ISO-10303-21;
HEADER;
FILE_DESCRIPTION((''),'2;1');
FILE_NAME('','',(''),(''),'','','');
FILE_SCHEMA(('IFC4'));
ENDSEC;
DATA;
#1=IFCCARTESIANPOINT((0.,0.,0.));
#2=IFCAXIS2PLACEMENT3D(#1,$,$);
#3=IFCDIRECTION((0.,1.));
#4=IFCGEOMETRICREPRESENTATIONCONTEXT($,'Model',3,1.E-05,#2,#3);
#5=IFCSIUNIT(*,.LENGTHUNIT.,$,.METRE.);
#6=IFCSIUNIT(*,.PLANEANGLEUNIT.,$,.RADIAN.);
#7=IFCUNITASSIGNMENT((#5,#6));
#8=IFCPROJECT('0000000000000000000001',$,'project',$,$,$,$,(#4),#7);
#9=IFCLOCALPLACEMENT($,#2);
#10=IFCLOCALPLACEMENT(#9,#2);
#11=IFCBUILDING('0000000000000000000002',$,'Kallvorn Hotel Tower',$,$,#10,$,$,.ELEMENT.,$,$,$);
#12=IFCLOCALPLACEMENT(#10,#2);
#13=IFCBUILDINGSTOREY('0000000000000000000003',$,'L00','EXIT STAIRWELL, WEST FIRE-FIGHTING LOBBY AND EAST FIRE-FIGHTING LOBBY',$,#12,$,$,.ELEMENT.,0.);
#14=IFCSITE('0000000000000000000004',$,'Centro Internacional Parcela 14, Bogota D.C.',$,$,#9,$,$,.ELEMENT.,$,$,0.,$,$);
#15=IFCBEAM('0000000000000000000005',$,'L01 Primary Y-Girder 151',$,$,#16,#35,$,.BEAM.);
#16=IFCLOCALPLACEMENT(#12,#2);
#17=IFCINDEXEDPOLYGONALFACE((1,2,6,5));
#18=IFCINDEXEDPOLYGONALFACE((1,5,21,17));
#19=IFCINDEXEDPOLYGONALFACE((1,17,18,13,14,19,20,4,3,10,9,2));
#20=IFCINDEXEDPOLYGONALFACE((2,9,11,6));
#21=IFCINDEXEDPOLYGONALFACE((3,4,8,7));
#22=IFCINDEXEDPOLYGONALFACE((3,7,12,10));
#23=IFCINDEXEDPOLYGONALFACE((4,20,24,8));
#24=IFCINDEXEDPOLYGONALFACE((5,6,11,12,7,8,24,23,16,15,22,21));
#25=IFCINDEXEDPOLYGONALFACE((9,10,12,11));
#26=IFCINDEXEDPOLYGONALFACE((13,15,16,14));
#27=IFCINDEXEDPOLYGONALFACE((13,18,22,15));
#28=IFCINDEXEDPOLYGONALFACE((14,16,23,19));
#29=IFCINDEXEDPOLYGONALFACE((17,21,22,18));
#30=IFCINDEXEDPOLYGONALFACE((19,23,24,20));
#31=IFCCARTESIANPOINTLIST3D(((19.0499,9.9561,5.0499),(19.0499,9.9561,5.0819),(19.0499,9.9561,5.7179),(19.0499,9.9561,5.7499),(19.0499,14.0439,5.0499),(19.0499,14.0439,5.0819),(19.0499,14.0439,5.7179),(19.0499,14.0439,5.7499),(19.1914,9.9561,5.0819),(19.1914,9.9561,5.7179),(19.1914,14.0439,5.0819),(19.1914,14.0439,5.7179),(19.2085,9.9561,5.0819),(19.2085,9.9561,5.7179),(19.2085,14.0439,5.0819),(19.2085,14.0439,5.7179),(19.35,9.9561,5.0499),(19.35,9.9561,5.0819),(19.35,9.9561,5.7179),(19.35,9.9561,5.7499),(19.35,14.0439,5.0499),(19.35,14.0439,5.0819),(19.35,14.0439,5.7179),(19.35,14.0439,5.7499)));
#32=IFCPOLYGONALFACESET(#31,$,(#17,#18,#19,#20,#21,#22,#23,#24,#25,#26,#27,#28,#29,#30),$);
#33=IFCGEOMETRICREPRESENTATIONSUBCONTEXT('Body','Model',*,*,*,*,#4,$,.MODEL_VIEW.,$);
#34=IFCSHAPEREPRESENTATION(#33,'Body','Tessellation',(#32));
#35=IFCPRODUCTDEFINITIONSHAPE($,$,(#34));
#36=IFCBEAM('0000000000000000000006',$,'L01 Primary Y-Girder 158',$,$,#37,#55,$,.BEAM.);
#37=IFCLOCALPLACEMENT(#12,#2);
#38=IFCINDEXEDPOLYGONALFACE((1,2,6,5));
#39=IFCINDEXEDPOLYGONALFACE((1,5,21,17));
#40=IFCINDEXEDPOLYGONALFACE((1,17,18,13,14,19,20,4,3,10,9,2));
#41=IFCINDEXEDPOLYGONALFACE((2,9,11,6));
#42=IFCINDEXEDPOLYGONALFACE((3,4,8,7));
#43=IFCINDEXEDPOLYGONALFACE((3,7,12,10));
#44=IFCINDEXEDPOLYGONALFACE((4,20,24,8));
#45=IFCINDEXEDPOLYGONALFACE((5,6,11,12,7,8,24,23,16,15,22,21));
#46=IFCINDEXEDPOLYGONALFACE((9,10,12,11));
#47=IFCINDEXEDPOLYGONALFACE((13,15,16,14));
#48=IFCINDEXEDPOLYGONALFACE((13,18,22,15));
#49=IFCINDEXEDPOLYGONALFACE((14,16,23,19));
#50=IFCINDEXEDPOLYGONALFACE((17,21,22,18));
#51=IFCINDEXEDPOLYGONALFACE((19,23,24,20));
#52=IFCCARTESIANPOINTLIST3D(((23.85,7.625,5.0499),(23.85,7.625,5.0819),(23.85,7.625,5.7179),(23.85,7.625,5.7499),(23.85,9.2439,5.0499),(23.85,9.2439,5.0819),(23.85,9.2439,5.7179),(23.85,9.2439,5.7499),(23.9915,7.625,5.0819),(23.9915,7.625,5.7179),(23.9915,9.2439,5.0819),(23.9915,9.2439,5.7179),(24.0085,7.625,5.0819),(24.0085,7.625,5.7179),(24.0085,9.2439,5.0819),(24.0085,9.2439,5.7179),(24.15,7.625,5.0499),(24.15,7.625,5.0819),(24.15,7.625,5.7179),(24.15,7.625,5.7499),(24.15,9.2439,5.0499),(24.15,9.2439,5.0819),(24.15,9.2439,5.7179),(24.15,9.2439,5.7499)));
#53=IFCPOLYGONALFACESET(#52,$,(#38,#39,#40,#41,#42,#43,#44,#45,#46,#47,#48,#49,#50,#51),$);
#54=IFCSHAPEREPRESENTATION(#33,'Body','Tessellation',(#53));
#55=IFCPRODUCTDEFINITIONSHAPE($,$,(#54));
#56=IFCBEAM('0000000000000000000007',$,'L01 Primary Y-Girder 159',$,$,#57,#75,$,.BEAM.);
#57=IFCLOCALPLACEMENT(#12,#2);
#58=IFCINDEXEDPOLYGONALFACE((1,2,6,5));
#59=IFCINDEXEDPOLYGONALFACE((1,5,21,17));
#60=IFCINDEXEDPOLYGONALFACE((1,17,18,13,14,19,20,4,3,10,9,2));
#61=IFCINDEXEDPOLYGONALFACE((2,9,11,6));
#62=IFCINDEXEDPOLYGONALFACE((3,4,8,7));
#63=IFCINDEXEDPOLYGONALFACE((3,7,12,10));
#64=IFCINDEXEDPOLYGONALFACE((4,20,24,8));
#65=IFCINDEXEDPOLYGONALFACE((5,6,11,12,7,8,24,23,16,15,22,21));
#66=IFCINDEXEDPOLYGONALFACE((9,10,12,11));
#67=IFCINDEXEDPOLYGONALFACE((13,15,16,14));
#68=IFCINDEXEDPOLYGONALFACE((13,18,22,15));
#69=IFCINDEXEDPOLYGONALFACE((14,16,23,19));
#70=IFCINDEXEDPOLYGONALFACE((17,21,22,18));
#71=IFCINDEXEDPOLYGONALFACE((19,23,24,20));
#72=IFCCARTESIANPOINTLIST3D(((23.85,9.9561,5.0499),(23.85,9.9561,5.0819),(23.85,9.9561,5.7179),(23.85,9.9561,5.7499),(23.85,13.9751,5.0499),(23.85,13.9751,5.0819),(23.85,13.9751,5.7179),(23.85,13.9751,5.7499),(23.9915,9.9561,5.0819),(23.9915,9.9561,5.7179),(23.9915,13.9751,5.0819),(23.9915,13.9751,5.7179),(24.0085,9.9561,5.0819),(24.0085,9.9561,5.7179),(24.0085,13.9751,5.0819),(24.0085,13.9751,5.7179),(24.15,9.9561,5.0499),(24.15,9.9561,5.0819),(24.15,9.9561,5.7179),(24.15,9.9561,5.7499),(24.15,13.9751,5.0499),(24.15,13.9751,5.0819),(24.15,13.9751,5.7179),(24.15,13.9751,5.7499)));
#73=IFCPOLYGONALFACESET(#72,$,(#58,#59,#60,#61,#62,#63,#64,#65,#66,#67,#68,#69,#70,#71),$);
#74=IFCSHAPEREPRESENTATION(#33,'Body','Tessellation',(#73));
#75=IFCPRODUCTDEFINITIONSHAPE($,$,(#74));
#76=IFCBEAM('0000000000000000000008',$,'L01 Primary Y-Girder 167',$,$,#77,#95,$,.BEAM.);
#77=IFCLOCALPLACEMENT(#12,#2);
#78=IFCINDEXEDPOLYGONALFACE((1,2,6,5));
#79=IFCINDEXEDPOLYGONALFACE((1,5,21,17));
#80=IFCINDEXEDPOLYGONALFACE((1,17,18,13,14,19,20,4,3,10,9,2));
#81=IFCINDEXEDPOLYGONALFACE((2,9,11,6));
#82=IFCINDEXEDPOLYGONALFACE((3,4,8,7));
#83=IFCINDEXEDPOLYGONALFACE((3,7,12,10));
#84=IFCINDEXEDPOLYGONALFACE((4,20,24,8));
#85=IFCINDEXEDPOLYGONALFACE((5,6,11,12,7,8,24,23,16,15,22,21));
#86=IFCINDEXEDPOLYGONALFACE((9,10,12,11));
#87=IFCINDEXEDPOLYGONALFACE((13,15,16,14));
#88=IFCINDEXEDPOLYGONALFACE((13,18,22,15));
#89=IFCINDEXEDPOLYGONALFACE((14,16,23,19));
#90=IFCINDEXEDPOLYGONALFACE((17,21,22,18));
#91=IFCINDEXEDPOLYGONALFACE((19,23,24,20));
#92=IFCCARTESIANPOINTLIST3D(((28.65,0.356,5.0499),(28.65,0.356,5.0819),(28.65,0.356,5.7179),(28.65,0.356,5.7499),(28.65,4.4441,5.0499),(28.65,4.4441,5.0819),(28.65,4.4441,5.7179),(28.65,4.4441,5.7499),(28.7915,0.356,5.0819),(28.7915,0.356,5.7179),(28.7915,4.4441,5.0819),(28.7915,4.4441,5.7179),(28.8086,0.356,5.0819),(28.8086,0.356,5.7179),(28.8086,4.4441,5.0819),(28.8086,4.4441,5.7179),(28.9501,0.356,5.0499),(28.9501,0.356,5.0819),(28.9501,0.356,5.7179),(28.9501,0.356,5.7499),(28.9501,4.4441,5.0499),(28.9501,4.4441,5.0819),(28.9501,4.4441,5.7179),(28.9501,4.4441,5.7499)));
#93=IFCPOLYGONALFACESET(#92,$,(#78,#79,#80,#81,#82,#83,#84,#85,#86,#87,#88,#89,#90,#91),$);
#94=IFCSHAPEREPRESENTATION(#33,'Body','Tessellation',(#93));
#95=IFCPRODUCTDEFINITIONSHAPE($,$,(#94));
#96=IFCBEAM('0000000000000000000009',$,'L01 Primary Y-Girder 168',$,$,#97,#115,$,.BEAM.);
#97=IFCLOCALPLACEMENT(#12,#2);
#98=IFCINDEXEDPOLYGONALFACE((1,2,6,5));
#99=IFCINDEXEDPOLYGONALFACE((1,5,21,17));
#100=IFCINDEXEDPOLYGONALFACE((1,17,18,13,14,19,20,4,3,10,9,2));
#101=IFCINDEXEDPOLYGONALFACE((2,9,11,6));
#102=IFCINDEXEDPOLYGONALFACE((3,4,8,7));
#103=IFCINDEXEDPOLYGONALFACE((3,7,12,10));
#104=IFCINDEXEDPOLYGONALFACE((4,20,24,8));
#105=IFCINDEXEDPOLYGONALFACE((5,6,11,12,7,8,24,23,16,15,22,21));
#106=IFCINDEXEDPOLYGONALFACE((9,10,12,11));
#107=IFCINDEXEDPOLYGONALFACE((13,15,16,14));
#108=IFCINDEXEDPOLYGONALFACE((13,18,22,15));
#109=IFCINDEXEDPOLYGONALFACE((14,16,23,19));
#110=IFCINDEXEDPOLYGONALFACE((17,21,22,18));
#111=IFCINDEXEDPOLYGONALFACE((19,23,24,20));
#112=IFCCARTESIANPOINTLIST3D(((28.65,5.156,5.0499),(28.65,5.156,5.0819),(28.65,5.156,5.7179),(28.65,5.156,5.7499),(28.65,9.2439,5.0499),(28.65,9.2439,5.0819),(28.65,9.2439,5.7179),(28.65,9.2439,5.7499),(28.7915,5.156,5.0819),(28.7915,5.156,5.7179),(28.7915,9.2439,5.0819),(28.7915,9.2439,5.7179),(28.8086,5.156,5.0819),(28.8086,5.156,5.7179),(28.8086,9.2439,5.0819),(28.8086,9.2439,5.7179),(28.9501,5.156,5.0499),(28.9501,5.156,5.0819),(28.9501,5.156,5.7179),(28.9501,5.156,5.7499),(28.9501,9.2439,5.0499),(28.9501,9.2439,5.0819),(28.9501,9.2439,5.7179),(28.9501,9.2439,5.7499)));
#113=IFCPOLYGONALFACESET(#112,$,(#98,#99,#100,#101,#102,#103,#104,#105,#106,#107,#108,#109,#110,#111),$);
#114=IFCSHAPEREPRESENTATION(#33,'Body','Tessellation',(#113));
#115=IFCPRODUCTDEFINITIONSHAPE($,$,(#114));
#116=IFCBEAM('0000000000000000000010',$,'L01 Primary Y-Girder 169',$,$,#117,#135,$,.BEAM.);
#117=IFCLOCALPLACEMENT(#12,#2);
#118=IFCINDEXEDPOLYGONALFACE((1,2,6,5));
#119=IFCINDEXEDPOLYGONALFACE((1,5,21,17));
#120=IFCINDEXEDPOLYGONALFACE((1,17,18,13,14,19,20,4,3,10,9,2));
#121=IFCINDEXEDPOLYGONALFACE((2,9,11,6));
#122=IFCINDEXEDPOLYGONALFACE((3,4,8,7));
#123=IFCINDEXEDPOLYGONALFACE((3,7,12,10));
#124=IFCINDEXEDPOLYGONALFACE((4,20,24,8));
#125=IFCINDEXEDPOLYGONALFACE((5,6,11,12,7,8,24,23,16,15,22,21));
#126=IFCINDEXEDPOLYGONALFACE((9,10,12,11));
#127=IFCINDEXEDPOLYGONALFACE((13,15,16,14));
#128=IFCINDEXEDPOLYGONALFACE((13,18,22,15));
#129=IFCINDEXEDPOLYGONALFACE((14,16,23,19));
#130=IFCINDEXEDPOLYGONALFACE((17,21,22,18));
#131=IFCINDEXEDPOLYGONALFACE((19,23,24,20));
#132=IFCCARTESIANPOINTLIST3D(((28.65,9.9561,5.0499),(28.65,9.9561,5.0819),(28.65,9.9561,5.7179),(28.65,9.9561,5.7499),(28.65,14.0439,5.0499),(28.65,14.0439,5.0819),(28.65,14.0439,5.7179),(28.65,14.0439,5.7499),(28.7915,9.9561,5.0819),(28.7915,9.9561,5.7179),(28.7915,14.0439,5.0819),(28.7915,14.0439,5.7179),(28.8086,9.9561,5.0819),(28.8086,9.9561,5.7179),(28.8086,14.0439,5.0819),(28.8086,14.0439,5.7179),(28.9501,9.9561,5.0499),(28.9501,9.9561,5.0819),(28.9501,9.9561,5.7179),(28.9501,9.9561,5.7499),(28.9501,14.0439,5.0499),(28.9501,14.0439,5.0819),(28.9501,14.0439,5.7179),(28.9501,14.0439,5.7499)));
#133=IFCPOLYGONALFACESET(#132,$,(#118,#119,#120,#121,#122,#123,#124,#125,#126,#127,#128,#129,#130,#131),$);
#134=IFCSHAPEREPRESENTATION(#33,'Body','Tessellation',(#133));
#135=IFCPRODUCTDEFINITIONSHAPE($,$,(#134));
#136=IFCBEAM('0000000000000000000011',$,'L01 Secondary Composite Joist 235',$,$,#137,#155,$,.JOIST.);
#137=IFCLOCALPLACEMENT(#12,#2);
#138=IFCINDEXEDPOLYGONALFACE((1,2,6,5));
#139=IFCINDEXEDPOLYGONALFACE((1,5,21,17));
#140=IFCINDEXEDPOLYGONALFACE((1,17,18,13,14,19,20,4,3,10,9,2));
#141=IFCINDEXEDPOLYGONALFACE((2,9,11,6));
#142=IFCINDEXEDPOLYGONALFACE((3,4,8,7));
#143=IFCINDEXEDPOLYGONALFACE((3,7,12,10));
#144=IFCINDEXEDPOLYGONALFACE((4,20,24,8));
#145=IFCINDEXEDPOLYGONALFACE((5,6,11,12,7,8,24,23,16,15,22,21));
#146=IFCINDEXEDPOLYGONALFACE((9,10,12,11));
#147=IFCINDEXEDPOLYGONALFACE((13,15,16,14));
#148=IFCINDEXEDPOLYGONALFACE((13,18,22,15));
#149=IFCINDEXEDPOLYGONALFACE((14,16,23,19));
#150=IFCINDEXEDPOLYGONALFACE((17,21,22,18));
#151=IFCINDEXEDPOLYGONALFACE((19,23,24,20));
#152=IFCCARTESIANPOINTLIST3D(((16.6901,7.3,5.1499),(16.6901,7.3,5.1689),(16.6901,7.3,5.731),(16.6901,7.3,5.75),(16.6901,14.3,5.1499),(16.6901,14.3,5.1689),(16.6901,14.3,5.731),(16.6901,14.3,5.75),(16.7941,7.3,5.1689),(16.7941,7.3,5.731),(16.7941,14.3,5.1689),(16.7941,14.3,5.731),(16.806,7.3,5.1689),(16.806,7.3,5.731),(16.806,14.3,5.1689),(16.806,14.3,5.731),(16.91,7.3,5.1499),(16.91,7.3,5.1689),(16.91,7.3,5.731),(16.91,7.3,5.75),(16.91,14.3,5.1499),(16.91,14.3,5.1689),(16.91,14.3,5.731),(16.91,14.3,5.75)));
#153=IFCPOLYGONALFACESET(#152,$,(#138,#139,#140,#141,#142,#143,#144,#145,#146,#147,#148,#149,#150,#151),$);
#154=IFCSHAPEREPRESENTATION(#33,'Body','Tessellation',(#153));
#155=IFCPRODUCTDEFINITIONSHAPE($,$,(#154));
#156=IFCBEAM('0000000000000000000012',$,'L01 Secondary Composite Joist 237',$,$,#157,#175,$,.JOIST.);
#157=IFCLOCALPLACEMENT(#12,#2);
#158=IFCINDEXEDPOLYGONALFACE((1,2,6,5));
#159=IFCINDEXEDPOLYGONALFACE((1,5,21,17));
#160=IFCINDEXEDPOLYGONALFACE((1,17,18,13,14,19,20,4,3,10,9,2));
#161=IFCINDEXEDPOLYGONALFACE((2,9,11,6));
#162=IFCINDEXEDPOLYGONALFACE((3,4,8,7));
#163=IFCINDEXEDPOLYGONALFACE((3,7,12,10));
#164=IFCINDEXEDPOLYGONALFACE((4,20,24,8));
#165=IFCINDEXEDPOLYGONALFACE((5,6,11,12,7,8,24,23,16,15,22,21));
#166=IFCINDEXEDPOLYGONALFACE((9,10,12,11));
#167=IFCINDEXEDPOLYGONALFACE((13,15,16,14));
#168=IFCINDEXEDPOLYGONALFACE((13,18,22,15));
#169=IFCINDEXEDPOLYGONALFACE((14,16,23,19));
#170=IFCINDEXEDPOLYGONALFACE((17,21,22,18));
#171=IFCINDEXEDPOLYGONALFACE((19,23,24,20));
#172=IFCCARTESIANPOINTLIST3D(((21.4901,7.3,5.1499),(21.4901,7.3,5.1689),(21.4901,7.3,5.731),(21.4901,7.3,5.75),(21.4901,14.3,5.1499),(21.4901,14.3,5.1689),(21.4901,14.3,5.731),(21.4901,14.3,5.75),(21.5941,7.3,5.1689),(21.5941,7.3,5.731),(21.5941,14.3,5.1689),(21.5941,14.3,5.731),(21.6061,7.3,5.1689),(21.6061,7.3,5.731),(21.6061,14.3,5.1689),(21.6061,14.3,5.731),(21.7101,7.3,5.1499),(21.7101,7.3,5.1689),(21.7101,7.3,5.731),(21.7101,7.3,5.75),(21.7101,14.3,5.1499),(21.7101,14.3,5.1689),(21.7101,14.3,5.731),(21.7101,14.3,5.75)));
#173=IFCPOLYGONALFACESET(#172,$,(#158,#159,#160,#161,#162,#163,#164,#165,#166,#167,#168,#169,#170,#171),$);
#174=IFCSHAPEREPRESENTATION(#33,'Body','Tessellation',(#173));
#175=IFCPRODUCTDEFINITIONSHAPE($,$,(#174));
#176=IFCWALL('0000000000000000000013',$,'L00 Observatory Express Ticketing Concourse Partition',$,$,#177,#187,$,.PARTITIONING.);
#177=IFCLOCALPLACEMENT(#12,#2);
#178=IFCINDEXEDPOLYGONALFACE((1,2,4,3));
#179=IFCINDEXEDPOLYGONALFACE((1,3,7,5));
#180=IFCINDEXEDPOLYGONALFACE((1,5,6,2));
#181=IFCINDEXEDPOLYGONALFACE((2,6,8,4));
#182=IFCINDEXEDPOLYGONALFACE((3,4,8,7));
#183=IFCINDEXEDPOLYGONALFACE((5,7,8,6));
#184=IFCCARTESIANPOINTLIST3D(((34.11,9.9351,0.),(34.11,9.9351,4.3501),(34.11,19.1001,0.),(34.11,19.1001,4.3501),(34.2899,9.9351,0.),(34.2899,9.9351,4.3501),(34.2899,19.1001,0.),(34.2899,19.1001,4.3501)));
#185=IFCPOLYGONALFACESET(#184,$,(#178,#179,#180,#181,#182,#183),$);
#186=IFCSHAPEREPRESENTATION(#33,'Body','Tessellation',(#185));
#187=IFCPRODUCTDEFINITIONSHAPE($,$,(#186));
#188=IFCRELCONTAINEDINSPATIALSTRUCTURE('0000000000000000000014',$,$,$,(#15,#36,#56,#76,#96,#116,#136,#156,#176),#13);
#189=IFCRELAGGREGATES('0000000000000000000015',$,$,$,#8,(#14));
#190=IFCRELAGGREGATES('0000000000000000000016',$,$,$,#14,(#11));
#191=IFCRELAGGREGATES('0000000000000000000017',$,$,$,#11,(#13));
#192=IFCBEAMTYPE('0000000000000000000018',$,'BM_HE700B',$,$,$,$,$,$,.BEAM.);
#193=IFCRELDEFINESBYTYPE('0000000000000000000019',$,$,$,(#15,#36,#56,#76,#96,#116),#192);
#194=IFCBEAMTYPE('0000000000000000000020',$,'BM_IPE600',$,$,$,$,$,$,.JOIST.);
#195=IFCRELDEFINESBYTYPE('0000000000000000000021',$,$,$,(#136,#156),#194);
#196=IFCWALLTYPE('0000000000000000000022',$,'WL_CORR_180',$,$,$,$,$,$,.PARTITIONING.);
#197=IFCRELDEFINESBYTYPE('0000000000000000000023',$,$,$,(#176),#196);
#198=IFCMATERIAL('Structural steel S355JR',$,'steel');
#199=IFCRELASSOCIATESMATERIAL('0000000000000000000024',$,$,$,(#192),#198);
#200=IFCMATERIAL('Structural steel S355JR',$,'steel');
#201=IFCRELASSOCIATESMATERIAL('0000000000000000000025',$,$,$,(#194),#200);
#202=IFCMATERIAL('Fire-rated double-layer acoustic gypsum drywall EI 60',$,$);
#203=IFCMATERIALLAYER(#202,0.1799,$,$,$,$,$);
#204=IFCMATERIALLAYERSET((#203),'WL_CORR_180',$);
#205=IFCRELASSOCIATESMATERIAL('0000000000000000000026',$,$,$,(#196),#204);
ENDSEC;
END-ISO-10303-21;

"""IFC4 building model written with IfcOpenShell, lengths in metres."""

from ifc_helpers import new_model, si_unit, direction, frame, frame_2d, origin, origin_2d, place, context, subcontext, project, spatial, rectangle, i_section, extrude, material, layer, layer_set, material_profile, profile_set, type_object, element, save


model = new_model("IFC4")

# Units and contexts
model_context = context("Model", 3, precision=1e-05, world=origin(), true_north=direction((0.0, 1.0)))
body_context = subcontext(model_context, "Body", "Model", "MODEL_VIEW")
ifc_project = project(units=[si_unit("LENGTHUNIT", "METRE"), si_unit("PLANEANGLEUNIT", "RADIAN")], contexts=[model_context])

# Site, building, storey
site_placement = place(None, origin())
site = spatial("IfcSite", under=ifc_project, at=site_placement, Name="Centro Internacional Parcela 14, Bogota D.C.", CompositionType="ELEMENT", RefElevation=0.0)
building_placement = place(site_placement, origin())
building = spatial("IfcBuilding", under=site, at=building_placement, Name="Kallvorn Hotel Tower", CompositionType="ELEMENT")
storey_placement = place(building_placement, origin())
storey = spatial("IfcBuildingStorey", under=building, at=storey_placement, Name="L00", Description="EXIT STAIRWELL, WEST FIRE-FIGHTING LOBBY AND EAST FIRE-FIGHTING LOBBY", CompositionType="ELEMENT", Elevation=0.0)

# Beams
ifc_material_1 = material(Name="Structural steel S355JR", Category="steel")
ifc_material_profile_1 = material_profile(ifc_material_1, i_section(OverallWidth=0.3, OverallDepth=0.7, WebThickness=0.0171, FlangeThickness=0.032, at=origin_2d()), Name="HE 700 B")
ifc_profile_set_1 = profile_set([ifc_material_profile_1], Name="Structural steel S355JR")
beam_type_1 = type_object("IfcBeamType", Name="BM_HE700B", PredefinedType="BEAM", material=ifc_profile_set_1)
beam_1_placement = place(storey_placement, frame((19.2, 9.9561, 5.3999), z_axis=(0.0, 1.0, 0.0), x_axis=(-1.0, 0.0, 0.0)))
element("IfcBeam", 1, at=beam_1_placement, inside=storey, type_object=beam_type_1, Name="L01 Primary Y-Girder 151", PredefinedType="BEAM", context=body_context, shape_type="SweptSolid", body=[
    extrude(i_section(OverallWidth=0.3, OverallDepth=0.7, WebThickness=0.0171, FlangeThickness=0.032, at=origin_2d()), origin(), (0.0, 0.0, 1.0), 4.0879),
])
beam_2_placement = place(storey_placement, frame((24.0, 7.625, 5.3999), z_axis=(0.0, 1.0, 0.0), x_axis=(-1.0, 0.0, 0.0)))
element("IfcBeam", 2, at=beam_2_placement, inside=storey, type_object=beam_type_1, Name="L01 Primary Y-Girder 158", PredefinedType="BEAM", context=body_context, shape_type="SweptSolid", body=[
    extrude(i_section(OverallWidth=0.3, OverallDepth=0.7, WebThickness=0.0171, FlangeThickness=0.032, at=origin_2d()), origin(), (0.0, 0.0, 1.0), 1.6189),
])
beam_3_placement = place(storey_placement, frame((24.0, 9.9561, 5.3999), z_axis=(0.0, 1.0, 0.0), x_axis=(-1.0, 0.0, 0.0)))
element("IfcBeam", 3, at=beam_3_placement, inside=storey, type_object=beam_type_1, Name="L01 Primary Y-Girder 159", PredefinedType="BEAM", context=body_context, shape_type="SweptSolid", body=[
    extrude(i_section(OverallWidth=0.3, OverallDepth=0.7, WebThickness=0.0171, FlangeThickness=0.032, at=origin_2d()), origin(), (0.0, 0.0, 1.0), 4.019),
])
beam_4_placement = place(storey_placement, frame((28.8, 0.356, 5.3999), z_axis=(0.0, 1.0, 0.0), x_axis=(-1.0, 0.0, 0.0)))
element("IfcBeam", 4, at=beam_4_placement, inside=storey, type_object=beam_type_1, Name="L01 Primary Y-Girder 167", PredefinedType="BEAM", context=body_context, shape_type="SweptSolid", body=[
    extrude(i_section(OverallWidth=0.3, OverallDepth=0.7, WebThickness=0.0171, FlangeThickness=0.032, at=origin_2d()), origin(), (0.0, 0.0, 1.0), 4.0881),
])
for number, where, z_axis, x_axis, name in (
    (5, (28.8, 5.156, 5.3999), (0.0, 1.0, 0.0), (-1.0, 0.0, 0.0), "L01 Primary Y-Girder 168"),
    (6, (28.8, 9.9561, 5.3999), (0.0, 1.0, 0.0), (-1.0, 0.0, 0.0), "L01 Primary Y-Girder 169"),
):
    element("IfcBeam", number, at=place(storey_placement, frame(where, z_axis=z_axis, x_axis=x_axis)), inside=storey, type_object=beam_type_1, Name=name, PredefinedType="BEAM", context=body_context, shape_type="SweptSolid", body=[
        extrude(i_section(OverallWidth=0.3, OverallDepth=0.7, WebThickness=0.0171, FlangeThickness=0.032, at=origin_2d()), origin(), (0.0, 0.0, 1.0), 4.0879),
    ])
ifc_material_2 = material(Name="Structural steel S355JR", Category="steel")
ifc_material_profile_2 = material_profile(ifc_material_2, i_section(OverallWidth=0.22, OverallDepth=0.6001, WebThickness=0.012, FlangeThickness=0.019, at=origin_2d()), Name="IPE 600")
ifc_profile_set_2 = profile_set([ifc_material_profile_2], Name="Structural steel S355JR")
beam_type_2 = type_object("IfcBeamType", Name="BM_IPE600", PredefinedType="JOIST", material=ifc_profile_set_2)
for number, where, z_axis, x_axis, name in (
    (7, (16.8, 7.3, 5.45), (0.0, 1.0, 0.0), (-1.0, 0.0, 0.0), "L01 Secondary Composite Joist 235"),
    (8, (21.6001, 7.3, 5.45), (0.0, 1.0, 0.0), (-1.0, 0.0, 0.0), "L01 Secondary Composite Joist 237"),
):
    element("IfcBeam", number, at=place(storey_placement, frame(where, z_axis=z_axis, x_axis=x_axis)), inside=storey, type_object=beam_type_2, Name=name, PredefinedType="JOIST", context=body_context, shape_type="SweptSolid", body=[
        extrude(i_section(OverallWidth=0.22, OverallDepth=0.6001, WebThickness=0.012, FlangeThickness=0.019, at=origin_2d()), origin(), (0.0, 0.0, 1.0), 7.0),
    ])

# Wall
ifc_material_3 = material(Name="Fire-rated double-layer acoustic gypsum drywall EI 60")
ifc_layer = layer(ifc_material_3, 0.1799)
ifc_layer_set = layer_set([ifc_layer], Name="WL_CORR_180")
wall_type = type_object("IfcWallType", Name="WL_CORR_180", PredefinedType="PARTITIONING", material=ifc_layer_set)
wall_placement = place(storey_placement, frame((34.2, 9.9351, 0.0), z_axis=(0.0, 0.0, 1.0), x_axis=(0.0, 1.0, 0.0)))
element("IfcWall", 9, at=wall_placement, inside=storey, type_object=wall_type, Name="L00 Observatory Express Ticketing Concourse Partition", PredefinedType="PARTITIONING", context=body_context, shape_type="SweptSolid", body=[
    extrude(rectangle(XDim=9.165, YDim=0.1799, at=frame_2d((4.5825, 0.0))), origin(), (0.0, 0.0, 1.0), 4.3501),
])

save(model, "model.ifc")
